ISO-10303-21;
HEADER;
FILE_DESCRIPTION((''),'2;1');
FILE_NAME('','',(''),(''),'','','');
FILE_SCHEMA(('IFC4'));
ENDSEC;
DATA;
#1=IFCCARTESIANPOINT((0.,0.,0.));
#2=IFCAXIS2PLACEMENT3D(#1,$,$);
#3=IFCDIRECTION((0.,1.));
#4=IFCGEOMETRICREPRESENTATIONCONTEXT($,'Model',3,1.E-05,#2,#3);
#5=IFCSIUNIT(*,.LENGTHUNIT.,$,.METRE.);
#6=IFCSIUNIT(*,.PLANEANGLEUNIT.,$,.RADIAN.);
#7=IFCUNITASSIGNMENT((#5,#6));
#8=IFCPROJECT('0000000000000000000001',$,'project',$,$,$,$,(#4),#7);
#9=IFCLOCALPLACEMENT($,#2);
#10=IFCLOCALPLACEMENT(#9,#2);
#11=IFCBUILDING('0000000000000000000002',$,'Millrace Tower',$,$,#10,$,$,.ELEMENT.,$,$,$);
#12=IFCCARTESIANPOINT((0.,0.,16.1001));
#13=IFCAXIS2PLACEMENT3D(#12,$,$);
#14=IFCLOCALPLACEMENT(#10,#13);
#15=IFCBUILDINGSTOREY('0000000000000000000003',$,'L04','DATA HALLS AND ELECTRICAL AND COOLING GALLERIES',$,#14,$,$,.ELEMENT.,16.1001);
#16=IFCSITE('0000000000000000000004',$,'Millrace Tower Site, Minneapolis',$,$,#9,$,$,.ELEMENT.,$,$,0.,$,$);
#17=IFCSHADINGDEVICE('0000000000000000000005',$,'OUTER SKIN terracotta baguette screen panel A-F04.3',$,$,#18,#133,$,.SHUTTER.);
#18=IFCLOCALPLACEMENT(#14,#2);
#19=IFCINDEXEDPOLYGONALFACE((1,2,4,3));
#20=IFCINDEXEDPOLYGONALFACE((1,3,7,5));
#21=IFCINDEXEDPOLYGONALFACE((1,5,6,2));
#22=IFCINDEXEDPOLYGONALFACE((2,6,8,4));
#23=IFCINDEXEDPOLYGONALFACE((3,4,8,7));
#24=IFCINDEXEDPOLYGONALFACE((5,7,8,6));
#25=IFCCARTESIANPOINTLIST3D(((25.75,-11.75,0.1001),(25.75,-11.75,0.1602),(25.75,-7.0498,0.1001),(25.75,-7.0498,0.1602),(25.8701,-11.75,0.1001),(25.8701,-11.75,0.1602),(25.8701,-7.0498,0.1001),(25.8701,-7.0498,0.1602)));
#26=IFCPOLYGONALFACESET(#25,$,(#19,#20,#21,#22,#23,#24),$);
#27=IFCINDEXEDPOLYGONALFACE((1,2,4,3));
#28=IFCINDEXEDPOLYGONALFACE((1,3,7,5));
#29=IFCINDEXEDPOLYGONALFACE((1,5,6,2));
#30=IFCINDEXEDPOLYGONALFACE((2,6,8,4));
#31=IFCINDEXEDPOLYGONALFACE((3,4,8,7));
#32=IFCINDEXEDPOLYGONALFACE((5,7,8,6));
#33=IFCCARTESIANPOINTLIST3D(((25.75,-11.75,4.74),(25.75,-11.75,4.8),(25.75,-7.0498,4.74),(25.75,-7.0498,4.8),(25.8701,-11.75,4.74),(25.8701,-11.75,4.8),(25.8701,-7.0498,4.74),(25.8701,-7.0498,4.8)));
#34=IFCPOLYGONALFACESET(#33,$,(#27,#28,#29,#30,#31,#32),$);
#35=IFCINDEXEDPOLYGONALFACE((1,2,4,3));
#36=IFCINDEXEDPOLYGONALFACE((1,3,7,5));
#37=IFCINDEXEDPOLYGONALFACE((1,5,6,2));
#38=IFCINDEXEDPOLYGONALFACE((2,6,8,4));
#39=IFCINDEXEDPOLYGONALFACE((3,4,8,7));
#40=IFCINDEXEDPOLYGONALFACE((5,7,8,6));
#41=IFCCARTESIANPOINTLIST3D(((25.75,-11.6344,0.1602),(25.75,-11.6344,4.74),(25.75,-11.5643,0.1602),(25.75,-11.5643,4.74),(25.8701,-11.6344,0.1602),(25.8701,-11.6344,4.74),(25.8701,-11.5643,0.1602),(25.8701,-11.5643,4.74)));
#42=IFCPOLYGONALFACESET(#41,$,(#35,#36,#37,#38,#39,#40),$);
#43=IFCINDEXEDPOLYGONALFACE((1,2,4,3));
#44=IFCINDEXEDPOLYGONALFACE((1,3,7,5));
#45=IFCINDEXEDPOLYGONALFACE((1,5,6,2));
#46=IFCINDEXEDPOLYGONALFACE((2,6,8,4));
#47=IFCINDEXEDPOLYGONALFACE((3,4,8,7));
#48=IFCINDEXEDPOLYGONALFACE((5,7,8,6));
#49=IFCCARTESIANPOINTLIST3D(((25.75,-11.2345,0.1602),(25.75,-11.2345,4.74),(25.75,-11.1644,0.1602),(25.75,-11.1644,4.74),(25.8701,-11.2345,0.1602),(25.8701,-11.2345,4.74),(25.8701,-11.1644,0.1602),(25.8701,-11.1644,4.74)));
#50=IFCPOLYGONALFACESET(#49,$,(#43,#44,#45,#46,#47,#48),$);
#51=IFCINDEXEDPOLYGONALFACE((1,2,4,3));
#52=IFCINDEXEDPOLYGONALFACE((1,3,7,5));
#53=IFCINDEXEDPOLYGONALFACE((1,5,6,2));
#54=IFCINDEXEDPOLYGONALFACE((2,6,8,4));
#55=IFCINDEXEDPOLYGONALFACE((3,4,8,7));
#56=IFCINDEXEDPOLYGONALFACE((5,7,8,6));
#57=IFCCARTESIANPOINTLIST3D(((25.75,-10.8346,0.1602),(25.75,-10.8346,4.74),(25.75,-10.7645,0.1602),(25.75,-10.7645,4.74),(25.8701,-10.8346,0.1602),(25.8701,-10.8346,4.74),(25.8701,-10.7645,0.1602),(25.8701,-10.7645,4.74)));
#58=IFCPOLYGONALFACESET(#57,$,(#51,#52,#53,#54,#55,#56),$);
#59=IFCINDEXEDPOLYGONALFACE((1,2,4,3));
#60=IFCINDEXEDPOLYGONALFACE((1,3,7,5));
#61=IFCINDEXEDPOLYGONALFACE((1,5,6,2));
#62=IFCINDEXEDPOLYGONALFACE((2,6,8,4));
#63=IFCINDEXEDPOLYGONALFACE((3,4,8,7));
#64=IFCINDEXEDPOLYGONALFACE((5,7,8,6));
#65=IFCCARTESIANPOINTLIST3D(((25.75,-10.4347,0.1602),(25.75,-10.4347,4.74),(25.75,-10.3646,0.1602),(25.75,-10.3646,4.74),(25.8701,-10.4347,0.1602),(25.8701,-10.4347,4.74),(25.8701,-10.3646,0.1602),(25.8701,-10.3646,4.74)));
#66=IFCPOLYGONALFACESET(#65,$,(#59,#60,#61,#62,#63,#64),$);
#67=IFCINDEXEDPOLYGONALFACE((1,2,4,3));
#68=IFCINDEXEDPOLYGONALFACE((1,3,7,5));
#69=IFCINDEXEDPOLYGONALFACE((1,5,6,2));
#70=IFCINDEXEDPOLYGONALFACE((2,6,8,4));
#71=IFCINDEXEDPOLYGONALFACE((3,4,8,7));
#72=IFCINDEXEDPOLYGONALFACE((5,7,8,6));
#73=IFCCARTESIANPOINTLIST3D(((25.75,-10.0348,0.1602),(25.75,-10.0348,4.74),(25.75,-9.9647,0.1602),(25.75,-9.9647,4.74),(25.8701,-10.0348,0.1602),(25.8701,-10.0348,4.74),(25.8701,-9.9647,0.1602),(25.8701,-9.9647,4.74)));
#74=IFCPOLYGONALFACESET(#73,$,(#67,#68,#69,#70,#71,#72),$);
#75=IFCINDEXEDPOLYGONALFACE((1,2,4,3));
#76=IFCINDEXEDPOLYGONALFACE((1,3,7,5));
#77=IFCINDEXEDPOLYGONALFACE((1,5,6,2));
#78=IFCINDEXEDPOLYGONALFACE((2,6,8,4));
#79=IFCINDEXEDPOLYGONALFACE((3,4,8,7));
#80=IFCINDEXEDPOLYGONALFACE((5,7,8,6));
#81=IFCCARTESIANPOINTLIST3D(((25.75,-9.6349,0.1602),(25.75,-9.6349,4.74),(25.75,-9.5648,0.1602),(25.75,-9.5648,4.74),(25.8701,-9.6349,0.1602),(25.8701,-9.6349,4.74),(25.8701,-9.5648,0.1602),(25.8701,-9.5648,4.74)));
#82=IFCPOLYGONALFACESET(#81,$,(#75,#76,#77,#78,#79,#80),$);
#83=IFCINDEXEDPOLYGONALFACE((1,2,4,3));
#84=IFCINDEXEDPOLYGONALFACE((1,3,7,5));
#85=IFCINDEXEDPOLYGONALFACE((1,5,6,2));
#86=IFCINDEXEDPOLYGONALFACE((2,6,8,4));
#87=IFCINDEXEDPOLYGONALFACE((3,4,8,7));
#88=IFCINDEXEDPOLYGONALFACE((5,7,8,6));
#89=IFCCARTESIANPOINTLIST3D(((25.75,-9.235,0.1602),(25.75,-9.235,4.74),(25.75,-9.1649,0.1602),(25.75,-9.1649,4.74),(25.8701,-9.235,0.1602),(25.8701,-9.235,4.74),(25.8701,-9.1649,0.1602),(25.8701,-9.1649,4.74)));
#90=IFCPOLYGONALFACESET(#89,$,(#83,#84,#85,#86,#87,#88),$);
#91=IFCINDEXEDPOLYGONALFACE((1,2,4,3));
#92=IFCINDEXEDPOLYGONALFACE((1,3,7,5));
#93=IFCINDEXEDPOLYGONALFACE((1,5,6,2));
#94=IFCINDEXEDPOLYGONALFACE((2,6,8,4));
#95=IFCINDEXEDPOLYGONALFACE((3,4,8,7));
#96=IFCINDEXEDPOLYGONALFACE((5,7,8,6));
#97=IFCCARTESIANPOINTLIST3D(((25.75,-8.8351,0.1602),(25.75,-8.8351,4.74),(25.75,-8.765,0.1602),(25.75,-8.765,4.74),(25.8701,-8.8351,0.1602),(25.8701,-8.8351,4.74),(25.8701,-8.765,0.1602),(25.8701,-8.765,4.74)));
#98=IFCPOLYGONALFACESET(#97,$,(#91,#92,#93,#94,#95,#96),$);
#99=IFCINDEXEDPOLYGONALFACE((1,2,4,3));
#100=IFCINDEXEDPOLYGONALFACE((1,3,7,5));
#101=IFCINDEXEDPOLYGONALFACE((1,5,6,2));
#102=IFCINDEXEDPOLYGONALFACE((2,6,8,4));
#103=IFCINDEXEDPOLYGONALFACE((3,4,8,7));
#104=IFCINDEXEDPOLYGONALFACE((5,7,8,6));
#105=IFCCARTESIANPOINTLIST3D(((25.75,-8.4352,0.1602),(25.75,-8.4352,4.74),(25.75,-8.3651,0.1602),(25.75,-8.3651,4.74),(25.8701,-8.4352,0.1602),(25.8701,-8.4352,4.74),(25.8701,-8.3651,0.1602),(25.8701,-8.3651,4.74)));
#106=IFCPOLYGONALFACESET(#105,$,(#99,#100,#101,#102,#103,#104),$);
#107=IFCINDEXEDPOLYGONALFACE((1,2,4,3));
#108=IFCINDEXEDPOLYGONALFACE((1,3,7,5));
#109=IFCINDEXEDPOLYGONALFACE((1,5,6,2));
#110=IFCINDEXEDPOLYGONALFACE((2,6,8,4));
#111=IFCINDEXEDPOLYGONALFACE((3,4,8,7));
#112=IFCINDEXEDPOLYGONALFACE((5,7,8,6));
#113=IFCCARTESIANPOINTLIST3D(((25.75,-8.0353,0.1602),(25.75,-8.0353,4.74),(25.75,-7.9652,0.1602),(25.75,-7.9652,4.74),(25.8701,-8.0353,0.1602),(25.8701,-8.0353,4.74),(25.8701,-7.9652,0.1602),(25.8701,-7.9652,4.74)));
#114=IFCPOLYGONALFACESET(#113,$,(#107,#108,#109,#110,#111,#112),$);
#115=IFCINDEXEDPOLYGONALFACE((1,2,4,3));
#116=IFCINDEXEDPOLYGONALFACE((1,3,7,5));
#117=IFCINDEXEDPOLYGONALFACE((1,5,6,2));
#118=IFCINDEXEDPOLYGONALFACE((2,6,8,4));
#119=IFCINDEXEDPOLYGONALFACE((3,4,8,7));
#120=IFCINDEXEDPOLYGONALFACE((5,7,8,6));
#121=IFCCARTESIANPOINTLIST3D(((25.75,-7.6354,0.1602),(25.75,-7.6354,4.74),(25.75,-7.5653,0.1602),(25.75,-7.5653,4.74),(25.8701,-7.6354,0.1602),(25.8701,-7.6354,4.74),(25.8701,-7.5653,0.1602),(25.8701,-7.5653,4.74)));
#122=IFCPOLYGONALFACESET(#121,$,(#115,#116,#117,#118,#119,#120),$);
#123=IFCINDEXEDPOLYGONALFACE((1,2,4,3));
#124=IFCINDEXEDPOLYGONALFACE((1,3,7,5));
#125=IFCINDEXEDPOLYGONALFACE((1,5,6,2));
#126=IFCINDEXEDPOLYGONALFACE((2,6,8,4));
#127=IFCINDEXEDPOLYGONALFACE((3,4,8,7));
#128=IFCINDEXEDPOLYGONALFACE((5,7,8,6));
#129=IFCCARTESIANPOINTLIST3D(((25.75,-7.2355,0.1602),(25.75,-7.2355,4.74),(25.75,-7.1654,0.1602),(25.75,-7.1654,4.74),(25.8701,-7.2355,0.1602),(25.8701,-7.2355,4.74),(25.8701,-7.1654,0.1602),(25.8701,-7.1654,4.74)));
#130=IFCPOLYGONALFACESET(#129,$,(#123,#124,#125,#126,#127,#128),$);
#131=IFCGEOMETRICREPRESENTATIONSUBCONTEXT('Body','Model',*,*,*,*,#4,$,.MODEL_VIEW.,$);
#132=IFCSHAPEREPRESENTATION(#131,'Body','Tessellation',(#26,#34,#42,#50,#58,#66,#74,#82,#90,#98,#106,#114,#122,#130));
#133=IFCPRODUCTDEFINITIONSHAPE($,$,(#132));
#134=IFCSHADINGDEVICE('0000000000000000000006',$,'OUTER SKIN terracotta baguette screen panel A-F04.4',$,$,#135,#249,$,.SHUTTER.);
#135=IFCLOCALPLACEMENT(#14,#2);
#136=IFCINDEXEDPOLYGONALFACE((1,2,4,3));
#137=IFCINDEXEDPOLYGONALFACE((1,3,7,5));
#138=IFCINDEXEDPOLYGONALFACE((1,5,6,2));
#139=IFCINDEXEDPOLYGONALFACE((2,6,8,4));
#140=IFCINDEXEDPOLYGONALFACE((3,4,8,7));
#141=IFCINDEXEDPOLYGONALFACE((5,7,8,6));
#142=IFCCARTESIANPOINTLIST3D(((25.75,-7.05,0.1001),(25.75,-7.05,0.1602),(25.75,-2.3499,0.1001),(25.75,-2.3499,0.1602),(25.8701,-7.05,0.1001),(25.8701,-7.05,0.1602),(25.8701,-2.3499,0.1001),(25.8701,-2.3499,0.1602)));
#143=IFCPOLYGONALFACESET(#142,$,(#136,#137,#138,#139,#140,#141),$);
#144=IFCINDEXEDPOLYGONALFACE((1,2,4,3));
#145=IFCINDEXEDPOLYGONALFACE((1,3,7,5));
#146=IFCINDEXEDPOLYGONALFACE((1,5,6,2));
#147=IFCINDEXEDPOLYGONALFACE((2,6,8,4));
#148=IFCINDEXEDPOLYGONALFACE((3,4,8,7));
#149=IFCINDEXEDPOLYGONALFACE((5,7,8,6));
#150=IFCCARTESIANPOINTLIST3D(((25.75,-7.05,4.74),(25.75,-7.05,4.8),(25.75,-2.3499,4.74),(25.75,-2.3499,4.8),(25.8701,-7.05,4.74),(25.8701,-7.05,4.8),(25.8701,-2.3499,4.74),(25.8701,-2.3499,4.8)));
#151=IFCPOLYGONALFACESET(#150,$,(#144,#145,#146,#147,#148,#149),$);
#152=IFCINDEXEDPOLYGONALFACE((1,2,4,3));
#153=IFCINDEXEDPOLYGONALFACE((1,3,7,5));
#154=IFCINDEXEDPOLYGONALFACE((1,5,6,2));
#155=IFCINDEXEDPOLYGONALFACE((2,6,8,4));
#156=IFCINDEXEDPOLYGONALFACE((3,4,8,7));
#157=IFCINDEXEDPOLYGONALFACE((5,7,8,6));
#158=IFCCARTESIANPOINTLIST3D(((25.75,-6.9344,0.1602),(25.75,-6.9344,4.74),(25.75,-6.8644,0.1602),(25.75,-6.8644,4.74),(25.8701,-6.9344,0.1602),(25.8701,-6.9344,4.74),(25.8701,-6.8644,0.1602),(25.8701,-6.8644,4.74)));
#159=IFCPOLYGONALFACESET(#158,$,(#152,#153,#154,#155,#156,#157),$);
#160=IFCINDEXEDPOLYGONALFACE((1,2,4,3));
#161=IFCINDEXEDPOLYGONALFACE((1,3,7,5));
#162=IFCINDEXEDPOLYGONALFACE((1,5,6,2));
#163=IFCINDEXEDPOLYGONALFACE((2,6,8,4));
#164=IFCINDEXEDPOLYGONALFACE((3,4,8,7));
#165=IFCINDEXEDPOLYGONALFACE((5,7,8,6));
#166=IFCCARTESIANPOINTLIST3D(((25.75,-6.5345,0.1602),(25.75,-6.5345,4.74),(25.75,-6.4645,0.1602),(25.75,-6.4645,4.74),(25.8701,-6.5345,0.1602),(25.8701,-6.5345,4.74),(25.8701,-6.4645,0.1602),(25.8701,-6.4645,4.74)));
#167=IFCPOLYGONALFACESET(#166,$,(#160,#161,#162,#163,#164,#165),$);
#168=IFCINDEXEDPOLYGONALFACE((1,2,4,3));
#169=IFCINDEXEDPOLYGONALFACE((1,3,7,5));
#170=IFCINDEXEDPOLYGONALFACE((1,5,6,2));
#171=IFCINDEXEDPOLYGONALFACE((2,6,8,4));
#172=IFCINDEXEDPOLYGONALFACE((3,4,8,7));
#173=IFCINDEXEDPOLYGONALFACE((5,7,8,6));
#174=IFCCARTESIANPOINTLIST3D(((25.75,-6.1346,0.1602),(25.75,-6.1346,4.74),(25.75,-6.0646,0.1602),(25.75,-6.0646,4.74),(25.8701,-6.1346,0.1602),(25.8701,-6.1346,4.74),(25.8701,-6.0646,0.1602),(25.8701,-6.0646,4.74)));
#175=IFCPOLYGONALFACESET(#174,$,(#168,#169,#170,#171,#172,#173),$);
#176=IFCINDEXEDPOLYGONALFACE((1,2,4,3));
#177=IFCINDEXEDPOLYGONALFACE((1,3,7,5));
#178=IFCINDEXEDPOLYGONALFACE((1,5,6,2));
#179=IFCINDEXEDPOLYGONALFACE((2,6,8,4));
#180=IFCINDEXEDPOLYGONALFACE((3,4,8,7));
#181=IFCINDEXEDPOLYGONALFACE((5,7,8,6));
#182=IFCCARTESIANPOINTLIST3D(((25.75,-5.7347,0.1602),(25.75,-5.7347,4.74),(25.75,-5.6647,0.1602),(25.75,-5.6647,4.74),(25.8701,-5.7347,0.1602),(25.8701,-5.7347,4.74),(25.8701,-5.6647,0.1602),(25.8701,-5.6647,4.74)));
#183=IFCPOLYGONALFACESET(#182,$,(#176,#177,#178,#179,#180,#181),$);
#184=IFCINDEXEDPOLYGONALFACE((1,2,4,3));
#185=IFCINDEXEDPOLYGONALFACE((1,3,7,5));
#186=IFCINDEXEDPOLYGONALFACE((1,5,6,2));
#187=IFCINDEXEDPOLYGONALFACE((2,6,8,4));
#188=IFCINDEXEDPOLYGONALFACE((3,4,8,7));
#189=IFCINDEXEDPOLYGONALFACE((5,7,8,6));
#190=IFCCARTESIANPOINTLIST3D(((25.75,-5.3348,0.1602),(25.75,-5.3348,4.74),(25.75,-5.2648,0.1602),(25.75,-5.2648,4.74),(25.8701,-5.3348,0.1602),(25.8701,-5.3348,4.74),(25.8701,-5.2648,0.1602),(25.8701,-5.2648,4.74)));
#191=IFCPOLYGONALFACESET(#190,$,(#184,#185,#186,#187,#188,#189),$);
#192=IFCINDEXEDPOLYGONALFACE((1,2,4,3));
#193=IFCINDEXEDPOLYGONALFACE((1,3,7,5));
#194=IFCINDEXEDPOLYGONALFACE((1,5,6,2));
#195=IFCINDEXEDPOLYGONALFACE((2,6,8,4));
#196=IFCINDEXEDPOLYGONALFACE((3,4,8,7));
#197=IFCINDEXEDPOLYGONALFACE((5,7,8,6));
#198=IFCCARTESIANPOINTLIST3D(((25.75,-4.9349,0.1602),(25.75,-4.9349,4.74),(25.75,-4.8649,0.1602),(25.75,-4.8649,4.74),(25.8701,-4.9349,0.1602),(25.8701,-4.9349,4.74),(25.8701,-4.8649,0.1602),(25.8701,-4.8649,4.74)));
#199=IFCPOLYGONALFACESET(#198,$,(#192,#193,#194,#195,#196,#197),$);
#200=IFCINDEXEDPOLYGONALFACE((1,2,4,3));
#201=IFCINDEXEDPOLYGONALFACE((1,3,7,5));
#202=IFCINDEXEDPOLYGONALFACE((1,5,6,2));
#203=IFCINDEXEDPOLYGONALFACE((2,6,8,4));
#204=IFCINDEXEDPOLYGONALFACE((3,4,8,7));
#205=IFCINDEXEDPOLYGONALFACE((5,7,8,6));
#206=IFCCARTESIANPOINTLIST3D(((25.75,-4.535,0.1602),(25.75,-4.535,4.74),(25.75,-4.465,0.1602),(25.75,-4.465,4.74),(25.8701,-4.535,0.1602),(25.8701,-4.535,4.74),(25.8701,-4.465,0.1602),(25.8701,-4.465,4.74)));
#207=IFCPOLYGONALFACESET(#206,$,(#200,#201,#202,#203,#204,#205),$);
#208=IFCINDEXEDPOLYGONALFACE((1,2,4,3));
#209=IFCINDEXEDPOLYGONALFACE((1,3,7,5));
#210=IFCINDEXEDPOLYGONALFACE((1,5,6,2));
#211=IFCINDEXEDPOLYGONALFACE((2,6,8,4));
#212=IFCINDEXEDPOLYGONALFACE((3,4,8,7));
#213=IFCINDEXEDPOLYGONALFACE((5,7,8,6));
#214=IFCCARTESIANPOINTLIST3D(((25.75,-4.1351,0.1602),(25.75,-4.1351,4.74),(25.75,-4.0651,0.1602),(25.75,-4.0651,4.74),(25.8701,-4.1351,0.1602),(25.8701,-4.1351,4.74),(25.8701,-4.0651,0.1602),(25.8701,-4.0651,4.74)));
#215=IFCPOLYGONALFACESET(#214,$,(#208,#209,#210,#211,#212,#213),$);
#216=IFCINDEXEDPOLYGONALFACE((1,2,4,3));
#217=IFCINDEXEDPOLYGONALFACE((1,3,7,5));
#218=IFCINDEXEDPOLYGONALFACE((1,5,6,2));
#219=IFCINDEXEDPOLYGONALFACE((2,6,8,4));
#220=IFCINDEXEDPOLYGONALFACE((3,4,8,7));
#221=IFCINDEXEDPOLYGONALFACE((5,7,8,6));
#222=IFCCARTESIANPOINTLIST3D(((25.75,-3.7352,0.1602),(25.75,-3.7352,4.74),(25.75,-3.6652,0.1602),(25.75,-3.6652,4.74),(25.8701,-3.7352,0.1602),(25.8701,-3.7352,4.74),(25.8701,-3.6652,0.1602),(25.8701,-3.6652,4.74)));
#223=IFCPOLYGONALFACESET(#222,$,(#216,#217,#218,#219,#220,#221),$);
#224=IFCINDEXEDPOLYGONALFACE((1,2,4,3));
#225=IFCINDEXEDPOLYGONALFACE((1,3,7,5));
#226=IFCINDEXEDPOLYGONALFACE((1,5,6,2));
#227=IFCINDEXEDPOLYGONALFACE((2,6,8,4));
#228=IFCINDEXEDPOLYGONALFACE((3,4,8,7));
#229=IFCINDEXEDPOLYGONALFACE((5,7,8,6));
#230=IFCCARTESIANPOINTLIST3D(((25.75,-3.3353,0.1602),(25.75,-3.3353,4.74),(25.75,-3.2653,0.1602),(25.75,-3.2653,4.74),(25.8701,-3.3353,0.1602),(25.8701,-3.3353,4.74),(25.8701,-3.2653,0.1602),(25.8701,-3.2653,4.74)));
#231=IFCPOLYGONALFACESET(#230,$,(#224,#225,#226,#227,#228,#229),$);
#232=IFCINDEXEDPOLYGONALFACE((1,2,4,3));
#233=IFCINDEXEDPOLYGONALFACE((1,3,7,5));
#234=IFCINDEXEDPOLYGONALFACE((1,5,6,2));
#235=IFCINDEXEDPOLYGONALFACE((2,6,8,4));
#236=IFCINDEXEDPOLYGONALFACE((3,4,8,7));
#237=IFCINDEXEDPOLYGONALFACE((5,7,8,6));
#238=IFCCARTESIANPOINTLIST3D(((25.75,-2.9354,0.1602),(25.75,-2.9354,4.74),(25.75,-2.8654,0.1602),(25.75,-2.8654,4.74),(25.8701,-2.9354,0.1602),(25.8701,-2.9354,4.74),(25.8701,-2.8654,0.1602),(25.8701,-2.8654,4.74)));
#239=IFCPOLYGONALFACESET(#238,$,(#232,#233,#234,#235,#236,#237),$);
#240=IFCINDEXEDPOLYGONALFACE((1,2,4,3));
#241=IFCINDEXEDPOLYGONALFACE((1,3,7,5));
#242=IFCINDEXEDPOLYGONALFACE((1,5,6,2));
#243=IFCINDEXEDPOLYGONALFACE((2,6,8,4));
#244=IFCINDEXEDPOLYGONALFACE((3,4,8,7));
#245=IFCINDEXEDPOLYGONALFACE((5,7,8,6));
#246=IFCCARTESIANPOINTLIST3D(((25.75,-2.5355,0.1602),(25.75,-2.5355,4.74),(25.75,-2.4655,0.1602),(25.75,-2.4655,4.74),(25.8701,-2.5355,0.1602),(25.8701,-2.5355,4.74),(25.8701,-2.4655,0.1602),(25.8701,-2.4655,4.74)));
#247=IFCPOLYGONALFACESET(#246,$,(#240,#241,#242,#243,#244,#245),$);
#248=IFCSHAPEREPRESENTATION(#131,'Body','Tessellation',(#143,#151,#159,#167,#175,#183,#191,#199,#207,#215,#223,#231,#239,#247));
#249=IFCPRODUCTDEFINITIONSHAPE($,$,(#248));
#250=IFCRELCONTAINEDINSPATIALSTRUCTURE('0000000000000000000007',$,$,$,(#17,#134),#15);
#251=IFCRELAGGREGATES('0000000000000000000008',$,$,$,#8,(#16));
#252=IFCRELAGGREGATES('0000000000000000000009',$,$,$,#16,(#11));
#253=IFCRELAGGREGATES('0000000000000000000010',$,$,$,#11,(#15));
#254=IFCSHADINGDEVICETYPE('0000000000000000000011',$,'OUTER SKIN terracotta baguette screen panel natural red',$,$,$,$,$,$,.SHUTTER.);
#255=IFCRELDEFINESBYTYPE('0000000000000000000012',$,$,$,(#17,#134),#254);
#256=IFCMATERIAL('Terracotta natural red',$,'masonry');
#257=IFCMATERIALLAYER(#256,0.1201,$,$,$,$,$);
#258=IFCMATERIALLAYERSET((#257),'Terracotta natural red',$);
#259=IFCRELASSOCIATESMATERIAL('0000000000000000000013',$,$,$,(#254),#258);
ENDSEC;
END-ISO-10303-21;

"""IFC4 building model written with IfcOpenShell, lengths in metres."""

from ifc_helpers import new_model, entity, si_unit, direction, frame, frame_2d, origin, place, context, subcontext, project, spatial, rectangle, extrude, source, transform, mapped, material, layer, layer_set, type_object, element, save


model = new_model("IFC4")

# Units and contexts
model_context = context("Model", 3, precision=1e-05, world=origin(), true_north=direction((0.0, 1.0)))
body_context = subcontext(model_context, "Body", "Model", "MODEL_VIEW")
ifc_project = project(units=[si_unit("LENGTHUNIT", "METRE"), si_unit("PLANEANGLEUNIT", "RADIAN")], contexts=[model_context])

# Site, building, storey
site_placement = place(None, origin())
site = spatial("IfcSite", under=ifc_project, at=site_placement, Name="Millrace Tower Site, Minneapolis", CompositionType="ELEMENT", RefElevation=0.0)
building_placement = place(site_placement, origin())
building = spatial("IfcBuilding", under=site, at=building_placement, Name="Millrace Tower", CompositionType="ELEMENT")
storey_placement = place(building_placement, frame((0.0, 0.0, 16.1001)))
storey = spatial("IfcBuildingStorey", under=building, at=storey_placement, Name="L04", Description="DATA HALLS AND ELECTRICAL AND COOLING GALLERIES", CompositionType="ELEMENT", Elevation=16.1001)

# Shading devices
cartesian_point = entity("IfcCartesianPoint", [-2.3501, 0.0601])
shared_polyline = entity("IfcPolyline", [cartesian_point, entity("IfcCartesianPoint", [2.3501, 0.0601]), entity("IfcCartesianPoint", [2.3501, -0.0601]), entity("IfcCartesianPoint", [-2.3501, -0.0601]), cartesian_point])
ifc_material_1 = material(Name="Terracotta natural red", Category="masonry")
ifc_layer_1 = layer(ifc_material_1, 0.1201)
ifc_layer_set_1 = layer_set([ifc_layer_1], Name="Terracotta natural red")
shading_device_type_1 = type_object("IfcShadingDeviceType", Name="OUTER SKIN terracotta baguette screen panel natural red", PredefinedType="SHUTTER", material=ifc_layer_set_1)
shared_shape_1 = source(origin(), body_context, "Body", "SweptSolid", [
    entity("IfcExtrudedAreaSolid", entity("IfcArbitraryClosedProfileDef", "AREA", None, shared_polyline), entity("IfcAxis2Placement3D", entity("IfcCartesianPoint", [0.0, 0.0, 0.0])), entity("IfcDirection", [0.0, 0.0, 1.0]), 0.0601),
    entity("IfcExtrudedAreaSolid", entity("IfcArbitraryClosedProfileDef", "AREA", None, shared_polyline), entity("IfcAxis2Placement3D", entity("IfcCartesianPoint", [0.0, 0.0, 4.6399])), entity("IfcDirection", [0.0, 0.0, 1.0]), 0.0601),
    extrude(rectangle(XDim=0.0701, YDim=0.1201, at=frame_2d((-2.1995, 0.0))), frame((0.0, 0.0, 0.0601)), (0.0, 0.0, 1.0), 4.5798),
    extrude(rectangle(XDim=0.0701, YDim=0.1201, at=frame_2d((-1.7996, 0.0))), frame((0.0, 0.0, 0.0601)), (0.0, 0.0, 1.0), 4.5798),
    extrude(rectangle(XDim=0.0701, YDim=0.1201, at=frame_2d((-1.3997, 0.0))), frame((0.0, 0.0, 0.0601)), (0.0, 0.0, 1.0), 4.5798),
    extrude(rectangle(XDim=0.0701, YDim=0.1201, at=frame_2d((-0.9998, 0.0))), frame((0.0, 0.0, 0.0601)), (0.0, 0.0, 1.0), 4.5798),
    extrude(rectangle(XDim=0.0701, YDim=0.1201, at=frame_2d((-0.5999, 0.0))), frame((0.0, 0.0, 0.0601)), (0.0, 0.0, 1.0), 4.5798),
    extrude(rectangle(XDim=0.0701, YDim=0.1201, at=frame_2d((-0.2, 0.0))), frame((0.0, 0.0, 0.0601)), (0.0, 0.0, 1.0), 4.5798),
    extrude(rectangle(XDim=0.0701, YDim=0.1201, at=frame_2d((0.2, 0.0))), frame((0.0, 0.0, 0.0601)), (0.0, 0.0, 1.0), 4.5798),
    extrude(rectangle(XDim=0.0701, YDim=0.1201, at=frame_2d((0.5999, 0.0))), frame((0.0, 0.0, 0.0601)), (0.0, 0.0, 1.0), 4.5798),
    extrude(rectangle(XDim=0.0701, YDim=0.1201, at=frame_2d((0.9998, 0.0))), frame((0.0, 0.0, 0.0601)), (0.0, 0.0, 1.0), 4.5798),
    extrude(rectangle(XDim=0.0701, YDim=0.1201, at=frame_2d((1.3997, 0.0))), frame((0.0, 0.0, 0.0601)), (0.0, 0.0, 1.0), 4.5798),
    extrude(rectangle(XDim=0.0701, YDim=0.1201, at=frame_2d((1.7996, 0.0))), frame((0.0, 0.0, 0.0601)), (0.0, 0.0, 1.0), 4.5798),
    extrude(rectangle(XDim=0.0701, YDim=0.1201, at=frame_2d((2.1995, 0.0))), frame((0.0, 0.0, 0.0601)), (0.0, 0.0, 1.0), 4.5798),
])
for number, where, z_axis, x_axis, name in (
    (1, (25.8101, -9.3999, 0.1001), (0.0, 0.0, 1.0), (0.0, 1.0, 0.0), "OUTER SKIN terracotta baguette screen panel A-F04.3"),
    (2, (25.8101, -4.7, 0.1001), (0.0, 0.0, 1.0), (0.0, 1.0, 0.0), "OUTER SKIN terracotta baguette screen panel A-F04.4"),
):
    element("IfcShadingDevice", number, at=place(storey_placement, frame(where, z_axis=z_axis, x_axis=x_axis)), inside=storey, type_object=shading_device_type_1, Name=name, PredefinedType="SHUTTER", context=body_context, shape_type="MappedRepresentation", body=[
        mapped(shared_shape_1, transform((0.0, 0.0, 0.0), scale=1.0)),
    ])

save(model, "model.ifc")
